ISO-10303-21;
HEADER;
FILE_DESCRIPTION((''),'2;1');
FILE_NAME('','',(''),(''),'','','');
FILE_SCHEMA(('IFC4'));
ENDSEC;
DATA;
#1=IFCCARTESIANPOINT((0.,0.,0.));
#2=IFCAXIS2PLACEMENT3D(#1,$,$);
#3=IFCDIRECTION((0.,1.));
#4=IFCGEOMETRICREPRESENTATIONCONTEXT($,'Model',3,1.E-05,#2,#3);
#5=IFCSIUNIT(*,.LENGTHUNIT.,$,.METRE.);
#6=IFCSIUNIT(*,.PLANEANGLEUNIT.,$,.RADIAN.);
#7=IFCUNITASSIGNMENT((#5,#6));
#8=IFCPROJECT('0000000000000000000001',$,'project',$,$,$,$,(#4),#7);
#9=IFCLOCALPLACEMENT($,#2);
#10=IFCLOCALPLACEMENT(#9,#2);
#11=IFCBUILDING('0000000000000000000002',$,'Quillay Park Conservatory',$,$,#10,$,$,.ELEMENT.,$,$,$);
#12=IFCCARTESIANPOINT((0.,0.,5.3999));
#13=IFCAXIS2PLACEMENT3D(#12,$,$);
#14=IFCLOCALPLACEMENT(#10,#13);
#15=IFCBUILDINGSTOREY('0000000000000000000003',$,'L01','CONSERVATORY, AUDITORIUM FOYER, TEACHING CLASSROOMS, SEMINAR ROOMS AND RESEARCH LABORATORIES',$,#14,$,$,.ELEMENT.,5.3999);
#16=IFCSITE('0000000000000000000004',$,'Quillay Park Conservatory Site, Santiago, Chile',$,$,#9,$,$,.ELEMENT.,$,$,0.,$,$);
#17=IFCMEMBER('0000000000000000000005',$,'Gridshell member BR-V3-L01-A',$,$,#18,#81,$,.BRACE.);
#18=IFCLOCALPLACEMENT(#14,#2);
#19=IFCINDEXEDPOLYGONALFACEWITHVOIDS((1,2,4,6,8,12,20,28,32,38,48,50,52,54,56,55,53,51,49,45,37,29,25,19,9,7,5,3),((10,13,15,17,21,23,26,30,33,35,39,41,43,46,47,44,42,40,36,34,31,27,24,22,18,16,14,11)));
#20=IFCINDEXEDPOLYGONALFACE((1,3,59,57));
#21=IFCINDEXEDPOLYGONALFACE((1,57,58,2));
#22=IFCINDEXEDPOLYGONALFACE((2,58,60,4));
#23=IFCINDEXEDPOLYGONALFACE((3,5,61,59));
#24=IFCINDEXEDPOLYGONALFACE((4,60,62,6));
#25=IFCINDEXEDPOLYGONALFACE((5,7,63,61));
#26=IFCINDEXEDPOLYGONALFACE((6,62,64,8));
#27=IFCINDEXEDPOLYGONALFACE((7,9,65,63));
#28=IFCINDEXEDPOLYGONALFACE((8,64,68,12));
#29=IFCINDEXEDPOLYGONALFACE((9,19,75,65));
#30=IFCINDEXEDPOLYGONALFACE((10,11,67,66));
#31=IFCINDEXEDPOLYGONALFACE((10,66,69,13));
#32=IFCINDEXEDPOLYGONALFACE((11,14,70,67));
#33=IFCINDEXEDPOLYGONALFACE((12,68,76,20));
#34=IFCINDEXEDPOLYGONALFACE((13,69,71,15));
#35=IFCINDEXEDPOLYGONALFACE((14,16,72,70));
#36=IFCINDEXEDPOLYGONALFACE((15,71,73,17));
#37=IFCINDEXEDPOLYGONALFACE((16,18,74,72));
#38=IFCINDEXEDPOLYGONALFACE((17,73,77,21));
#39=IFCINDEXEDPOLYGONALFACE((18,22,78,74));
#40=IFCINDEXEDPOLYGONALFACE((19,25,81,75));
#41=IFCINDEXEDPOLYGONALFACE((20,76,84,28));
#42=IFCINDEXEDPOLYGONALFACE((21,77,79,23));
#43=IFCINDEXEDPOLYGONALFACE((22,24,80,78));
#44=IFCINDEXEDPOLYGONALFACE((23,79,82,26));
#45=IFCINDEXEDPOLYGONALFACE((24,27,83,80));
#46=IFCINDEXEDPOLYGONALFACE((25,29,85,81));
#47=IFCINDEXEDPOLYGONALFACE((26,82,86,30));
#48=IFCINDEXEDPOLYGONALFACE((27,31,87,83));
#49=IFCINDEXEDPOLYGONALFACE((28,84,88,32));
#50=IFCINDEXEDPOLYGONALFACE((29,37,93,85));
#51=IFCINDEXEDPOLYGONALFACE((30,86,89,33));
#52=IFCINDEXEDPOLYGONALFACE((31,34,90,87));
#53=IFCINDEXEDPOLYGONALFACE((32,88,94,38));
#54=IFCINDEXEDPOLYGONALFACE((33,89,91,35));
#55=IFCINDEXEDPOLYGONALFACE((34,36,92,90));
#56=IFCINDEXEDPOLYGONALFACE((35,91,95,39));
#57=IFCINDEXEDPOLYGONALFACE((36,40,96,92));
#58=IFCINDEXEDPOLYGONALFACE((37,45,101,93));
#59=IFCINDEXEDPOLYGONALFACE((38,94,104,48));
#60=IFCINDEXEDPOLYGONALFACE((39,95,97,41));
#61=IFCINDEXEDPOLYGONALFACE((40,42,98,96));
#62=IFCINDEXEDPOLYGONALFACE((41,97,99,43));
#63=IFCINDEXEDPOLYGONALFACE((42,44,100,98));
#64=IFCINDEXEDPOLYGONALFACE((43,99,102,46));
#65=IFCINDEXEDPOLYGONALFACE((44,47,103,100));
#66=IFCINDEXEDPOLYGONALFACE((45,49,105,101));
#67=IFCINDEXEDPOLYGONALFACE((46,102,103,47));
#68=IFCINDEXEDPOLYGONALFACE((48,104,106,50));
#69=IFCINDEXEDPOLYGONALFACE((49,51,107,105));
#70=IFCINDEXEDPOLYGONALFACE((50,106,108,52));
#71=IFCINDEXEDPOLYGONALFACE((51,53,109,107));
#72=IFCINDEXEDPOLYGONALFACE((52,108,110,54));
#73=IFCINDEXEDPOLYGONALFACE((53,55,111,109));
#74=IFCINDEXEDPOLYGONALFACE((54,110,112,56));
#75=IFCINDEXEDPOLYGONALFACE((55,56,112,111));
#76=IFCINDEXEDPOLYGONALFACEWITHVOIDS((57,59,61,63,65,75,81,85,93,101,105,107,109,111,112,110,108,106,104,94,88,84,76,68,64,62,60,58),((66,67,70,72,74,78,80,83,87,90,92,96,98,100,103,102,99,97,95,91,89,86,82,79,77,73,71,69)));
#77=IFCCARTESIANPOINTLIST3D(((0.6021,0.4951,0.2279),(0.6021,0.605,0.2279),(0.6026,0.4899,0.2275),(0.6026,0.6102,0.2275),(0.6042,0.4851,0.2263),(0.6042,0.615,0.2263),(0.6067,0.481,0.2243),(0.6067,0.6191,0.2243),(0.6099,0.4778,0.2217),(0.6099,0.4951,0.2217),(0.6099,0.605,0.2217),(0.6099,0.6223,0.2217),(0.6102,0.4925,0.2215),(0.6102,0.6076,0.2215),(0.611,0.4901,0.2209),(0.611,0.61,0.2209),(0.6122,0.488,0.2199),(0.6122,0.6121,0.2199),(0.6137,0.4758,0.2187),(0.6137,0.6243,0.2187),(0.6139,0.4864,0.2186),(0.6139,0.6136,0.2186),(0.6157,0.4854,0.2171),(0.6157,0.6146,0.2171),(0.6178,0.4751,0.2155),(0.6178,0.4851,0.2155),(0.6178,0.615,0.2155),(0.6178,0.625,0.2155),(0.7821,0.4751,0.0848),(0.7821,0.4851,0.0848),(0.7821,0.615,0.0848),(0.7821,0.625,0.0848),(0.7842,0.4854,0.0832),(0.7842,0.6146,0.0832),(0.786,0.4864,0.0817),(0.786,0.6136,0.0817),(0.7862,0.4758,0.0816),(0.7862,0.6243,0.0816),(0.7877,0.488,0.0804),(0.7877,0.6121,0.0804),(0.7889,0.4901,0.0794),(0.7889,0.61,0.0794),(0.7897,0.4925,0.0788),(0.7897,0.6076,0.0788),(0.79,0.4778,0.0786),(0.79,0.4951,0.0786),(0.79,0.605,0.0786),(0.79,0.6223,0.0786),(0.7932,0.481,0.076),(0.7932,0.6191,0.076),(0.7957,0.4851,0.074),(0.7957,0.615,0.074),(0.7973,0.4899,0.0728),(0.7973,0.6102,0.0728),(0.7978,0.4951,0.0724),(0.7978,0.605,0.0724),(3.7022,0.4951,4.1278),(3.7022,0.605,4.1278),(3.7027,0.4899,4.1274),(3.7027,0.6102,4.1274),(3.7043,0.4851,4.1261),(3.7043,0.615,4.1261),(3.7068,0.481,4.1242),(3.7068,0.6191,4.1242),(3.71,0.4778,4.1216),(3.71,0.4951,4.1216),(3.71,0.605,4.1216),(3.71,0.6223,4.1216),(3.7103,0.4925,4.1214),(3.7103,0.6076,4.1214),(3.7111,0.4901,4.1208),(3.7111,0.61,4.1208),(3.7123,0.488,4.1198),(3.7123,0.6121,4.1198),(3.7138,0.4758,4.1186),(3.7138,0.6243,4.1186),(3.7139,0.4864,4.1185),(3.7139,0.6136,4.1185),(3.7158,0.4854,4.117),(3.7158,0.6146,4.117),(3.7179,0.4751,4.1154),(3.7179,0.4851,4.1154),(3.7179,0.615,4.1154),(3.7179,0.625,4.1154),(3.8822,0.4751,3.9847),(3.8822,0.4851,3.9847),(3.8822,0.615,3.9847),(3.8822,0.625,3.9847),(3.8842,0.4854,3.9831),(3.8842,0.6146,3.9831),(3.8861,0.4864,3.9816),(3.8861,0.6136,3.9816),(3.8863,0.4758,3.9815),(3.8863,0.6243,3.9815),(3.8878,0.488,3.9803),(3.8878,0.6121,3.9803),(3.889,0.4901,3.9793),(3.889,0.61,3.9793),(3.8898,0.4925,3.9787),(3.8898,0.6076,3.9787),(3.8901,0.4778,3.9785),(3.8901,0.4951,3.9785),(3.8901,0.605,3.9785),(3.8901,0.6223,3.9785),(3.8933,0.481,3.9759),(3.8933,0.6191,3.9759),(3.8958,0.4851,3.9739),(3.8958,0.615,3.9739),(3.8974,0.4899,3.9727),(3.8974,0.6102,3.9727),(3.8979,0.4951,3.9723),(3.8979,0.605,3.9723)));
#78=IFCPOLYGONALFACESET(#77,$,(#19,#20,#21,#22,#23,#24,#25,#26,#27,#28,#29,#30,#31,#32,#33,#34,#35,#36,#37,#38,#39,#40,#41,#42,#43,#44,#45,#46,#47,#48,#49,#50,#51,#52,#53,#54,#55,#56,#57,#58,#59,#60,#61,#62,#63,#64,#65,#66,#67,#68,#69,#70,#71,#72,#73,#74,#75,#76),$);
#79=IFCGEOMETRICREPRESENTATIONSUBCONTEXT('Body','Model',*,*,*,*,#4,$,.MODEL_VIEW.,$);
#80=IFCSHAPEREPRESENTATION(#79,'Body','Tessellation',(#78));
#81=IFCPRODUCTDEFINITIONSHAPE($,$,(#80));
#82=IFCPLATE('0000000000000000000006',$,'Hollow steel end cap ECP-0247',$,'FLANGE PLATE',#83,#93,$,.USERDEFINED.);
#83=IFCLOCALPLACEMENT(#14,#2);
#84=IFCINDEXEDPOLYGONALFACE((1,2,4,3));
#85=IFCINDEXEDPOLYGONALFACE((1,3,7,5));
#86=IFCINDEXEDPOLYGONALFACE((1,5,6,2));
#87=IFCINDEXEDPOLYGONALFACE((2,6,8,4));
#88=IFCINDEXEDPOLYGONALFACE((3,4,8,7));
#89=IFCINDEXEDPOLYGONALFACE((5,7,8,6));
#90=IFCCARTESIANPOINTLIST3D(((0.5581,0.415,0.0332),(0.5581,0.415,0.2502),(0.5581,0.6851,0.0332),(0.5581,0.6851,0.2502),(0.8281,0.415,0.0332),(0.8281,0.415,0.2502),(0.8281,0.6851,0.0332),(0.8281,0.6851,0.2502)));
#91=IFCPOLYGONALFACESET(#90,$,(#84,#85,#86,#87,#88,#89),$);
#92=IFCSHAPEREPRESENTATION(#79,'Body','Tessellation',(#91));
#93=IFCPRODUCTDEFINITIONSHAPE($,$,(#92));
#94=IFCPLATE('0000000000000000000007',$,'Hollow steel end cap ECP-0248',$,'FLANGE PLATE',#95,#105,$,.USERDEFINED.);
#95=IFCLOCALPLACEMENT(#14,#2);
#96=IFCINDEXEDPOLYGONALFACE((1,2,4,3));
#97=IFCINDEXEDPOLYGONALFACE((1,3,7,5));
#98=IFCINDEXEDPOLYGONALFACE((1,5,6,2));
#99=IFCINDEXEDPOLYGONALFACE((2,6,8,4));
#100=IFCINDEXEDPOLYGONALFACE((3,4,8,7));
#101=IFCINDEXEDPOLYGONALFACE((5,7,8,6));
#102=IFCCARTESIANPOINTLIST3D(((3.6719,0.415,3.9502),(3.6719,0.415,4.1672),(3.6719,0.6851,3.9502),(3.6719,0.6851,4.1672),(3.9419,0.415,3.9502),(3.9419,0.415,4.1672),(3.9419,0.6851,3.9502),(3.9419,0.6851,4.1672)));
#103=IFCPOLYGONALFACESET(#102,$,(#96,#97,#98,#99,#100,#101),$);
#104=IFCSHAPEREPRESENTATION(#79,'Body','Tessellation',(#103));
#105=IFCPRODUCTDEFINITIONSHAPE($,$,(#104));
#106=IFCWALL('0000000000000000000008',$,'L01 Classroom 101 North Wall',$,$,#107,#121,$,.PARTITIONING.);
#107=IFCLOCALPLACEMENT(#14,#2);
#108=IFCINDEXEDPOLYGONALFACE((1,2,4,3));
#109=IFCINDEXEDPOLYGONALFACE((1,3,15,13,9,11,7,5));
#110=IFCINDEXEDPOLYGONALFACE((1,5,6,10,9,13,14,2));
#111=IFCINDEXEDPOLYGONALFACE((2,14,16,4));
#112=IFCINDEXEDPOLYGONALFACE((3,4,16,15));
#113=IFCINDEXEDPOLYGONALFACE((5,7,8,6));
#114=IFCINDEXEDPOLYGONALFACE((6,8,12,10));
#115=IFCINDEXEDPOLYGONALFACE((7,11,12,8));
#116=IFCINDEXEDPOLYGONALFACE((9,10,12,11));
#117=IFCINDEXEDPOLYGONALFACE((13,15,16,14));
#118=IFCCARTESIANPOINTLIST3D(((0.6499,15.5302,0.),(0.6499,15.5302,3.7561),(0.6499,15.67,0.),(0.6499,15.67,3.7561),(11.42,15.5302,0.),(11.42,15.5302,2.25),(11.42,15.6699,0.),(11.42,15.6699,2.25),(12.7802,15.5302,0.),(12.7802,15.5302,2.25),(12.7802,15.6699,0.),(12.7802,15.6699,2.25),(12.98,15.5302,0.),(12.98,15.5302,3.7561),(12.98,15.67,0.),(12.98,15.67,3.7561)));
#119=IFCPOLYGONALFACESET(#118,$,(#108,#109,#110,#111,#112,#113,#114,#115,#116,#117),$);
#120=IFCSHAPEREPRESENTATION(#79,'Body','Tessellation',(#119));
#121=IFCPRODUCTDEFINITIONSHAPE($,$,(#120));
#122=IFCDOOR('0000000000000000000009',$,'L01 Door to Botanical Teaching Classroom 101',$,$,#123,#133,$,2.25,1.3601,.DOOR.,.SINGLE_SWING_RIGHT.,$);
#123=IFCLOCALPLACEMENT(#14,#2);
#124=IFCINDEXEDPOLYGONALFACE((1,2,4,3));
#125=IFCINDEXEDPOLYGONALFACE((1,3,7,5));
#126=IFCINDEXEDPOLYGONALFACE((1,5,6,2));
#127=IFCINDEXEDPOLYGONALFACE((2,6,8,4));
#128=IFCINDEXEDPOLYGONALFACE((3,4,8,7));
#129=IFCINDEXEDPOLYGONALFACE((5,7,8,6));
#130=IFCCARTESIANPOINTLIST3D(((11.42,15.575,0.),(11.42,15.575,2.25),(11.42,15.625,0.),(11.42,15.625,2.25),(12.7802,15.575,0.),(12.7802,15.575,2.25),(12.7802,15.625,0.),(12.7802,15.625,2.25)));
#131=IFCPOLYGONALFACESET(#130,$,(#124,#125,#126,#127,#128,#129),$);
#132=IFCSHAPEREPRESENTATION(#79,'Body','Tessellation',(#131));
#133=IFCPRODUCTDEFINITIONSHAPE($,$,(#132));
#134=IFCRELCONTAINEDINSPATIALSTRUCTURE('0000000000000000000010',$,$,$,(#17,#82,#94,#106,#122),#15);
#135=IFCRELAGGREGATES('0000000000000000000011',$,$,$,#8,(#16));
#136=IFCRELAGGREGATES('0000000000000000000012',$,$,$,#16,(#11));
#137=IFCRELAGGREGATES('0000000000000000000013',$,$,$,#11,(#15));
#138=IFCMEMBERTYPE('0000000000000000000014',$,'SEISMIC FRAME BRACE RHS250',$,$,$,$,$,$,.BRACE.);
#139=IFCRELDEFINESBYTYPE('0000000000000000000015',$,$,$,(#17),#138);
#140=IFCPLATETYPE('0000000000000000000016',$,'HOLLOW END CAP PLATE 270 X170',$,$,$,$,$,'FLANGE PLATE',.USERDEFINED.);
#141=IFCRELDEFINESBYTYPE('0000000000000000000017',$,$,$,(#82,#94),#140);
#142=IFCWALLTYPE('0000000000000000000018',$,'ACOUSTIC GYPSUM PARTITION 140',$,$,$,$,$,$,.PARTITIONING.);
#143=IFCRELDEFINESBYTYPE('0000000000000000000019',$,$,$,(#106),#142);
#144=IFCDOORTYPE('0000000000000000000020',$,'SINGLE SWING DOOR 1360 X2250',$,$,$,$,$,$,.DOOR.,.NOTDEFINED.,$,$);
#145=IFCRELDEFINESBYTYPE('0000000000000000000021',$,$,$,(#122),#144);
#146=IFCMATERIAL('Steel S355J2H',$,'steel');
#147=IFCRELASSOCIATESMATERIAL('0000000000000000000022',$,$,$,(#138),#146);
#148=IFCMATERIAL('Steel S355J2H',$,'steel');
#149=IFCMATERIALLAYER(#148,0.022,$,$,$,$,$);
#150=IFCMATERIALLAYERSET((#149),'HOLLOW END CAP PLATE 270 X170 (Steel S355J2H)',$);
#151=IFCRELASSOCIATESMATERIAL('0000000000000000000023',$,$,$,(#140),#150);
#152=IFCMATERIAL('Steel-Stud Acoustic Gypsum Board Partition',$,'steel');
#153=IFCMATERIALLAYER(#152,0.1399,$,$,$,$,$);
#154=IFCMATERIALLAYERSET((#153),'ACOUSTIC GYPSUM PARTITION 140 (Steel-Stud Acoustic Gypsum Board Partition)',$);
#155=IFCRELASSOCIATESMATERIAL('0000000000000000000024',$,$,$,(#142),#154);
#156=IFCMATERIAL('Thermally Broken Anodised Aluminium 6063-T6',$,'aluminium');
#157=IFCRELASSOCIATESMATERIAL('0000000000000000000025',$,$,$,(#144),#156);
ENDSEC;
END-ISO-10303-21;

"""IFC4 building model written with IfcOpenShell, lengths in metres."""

from ifc_helpers import new_model, si_unit, direction, frame, frame_2d, origin, origin_2d, place, context, subcontext, project, spatial, rectangle, hollow_rectangle, extrude, material, layer, layer_set, material_profile, profile_set, type_object, element, fill, save


model = new_model("IFC4")

# Units and contexts
model_context = context("Model", 3, precision=1e-05, world=origin(), true_north=direction((0.0, 1.0)))
body_context = subcontext(model_context, "Body", "Model", "MODEL_VIEW")
ifc_project = project(units=[si_unit("LENGTHUNIT", "METRE"), si_unit("PLANEANGLEUNIT", "RADIAN")], contexts=[model_context])

# Site, building, storey
site_placement = place(None, origin())
site = spatial("IfcSite", under=ifc_project, at=site_placement, Name="Quillay Park Conservatory Site, Santiago, Chile", CompositionType="ELEMENT", RefElevation=0.0)
building_placement = place(site_placement, origin())
building = spatial("IfcBuilding", under=site, at=building_placement, Name="Quillay Park Conservatory", CompositionType="ELEMENT")
storey_placement = place(building_placement, frame((0.0, 0.0, 5.3999)))
storey = spatial("IfcBuildingStorey", under=building, at=storey_placement, Name="L01", Description="CONSERVATORY, AUDITORIUM FOYER, TEACHING CLASSROOMS, SEMINAR ROOMS AND RESEARCH LABORATORIES", CompositionType="ELEMENT", Elevation=5.3999)

# Member
ifc_material_1 = material(Name="Steel S355J2H", Category="steel")
ifc_material_profile_1 = material_profile(ifc_material_1, hollow_rectangle(XDim=0.1499, YDim=0.25, WallThickness=0.01, InnerFilletRadius=0.01, OuterFilletRadius=0.02, at=origin_2d()), Name="RHS250x150x10")
ifc_profile_set_1 = profile_set([ifc_material_profile_1], Name="Steel S355J2H")
member_type = type_object("IfcMemberType", Name="SEISMIC FRAME BRACE RHS250", PredefinedType="BRACE", material=ifc_profile_set_1)
member_placement = place(storey_placement, frame((0.7, 0.55, 0.1501), z_axis=(0.622266, 0.0, 0.782806), x_axis=(0.0, 1.0, 0.0)))
element("IfcMember", 1, at=member_placement, inside=storey, type_object=member_type, Name="Gridshell member BR-V3-L01-A", PredefinedType="BRACE", context=body_context, shape_type="SweptSolid", body=[
    extrude(hollow_rectangle(XDim=0.1499, YDim=0.25, WallThickness=0.01, InnerFilletRadius=0.01, OuterFilletRadius=0.02, at=origin_2d()), origin(), (0.0, 0.0, 1.0), 4.9819),
])

# Plates
ifc_material_2 = material(Name="Steel S355J2H", Category="steel")
ifc_layer_1 = layer(ifc_material_2, 0.022)
ifc_layer_set_1 = layer_set([ifc_layer_1], Name="HOLLOW END CAP PLATE 270 X170 (Steel S355J2H)")
plate_type = type_object("IfcPlateType", Name="HOLLOW END CAP PLATE 270 X170", ElementType="FLANGE PLATE", PredefinedType="USERDEFINED", material=ifc_layer_set_1)
for number, where, z_axis, x_axis, name in (
    (2, (0.6931, 0.55, 0.0332), (0.0, 0.0, 1.0), (1.0, 0.0, 0.0), "Hollow steel end cap ECP-0247"),
    (3, (3.8069, 0.55, 3.9502), (0.0, 0.0, 1.0), (1.0, 0.0, 0.0), "Hollow steel end cap ECP-0248"),
):
    element("IfcPlate", number, at=place(storey_placement, frame(where, z_axis=z_axis, x_axis=x_axis)), inside=storey, type_object=plate_type, Name=name, ObjectType="FLANGE PLATE", PredefinedType="USERDEFINED", context=body_context, shape_type="SweptSolid", body=[
        extrude(rectangle(XDim=0.27, YDim=0.27, at=origin_2d()), origin(), (0.0, 0.0, 1.0), 0.217),
    ])

# Wall, opening, door
ifc_material_3 = material(Name="Steel-Stud Acoustic Gypsum Board Partition", Category="steel")
ifc_layer_2 = layer(ifc_material_3, 0.1399)
ifc_layer_set_2 = layer_set([ifc_layer_2], Name="ACOUSTIC GYPSUM PARTITION 140 (Steel-Stud Acoustic Gypsum Board Partition)")
wall_type_1 = type_object("IfcWallType", Name="ACOUSTIC GYPSUM PARTITION 140", PredefinedType="PARTITIONING", material=ifc_layer_set_2)
wall_1_placement = place(storey_placement, frame((0.6499, 15.6001, 0.0), z_axis=(0.0, 0.0, 1.0), x_axis=(1.0, 0.0, 0.0)))
wall_1 = element("IfcWall", 4, at=wall_1_placement, inside=storey, type_object=wall_type_1, Name="L01 Classroom 101 North Wall", PredefinedType="PARTITIONING", context=body_context, shape_type="SweptSolid", body=[
    extrude(rectangle(XDim=12.3301, YDim=0.1399, at=frame_2d((6.165, 0.0))), origin(), (0.0, 0.0, 1.0), 3.7561),
])
opening_1_placement = place(wall_1_placement, frame((10.77, 0.0, 0.0)))
opening_1 = element("IfcOpeningElement", 5, at=opening_1_placement, cuts=wall_1, PredefinedType="OPENING", context=body_context, shape_type="SweptSolid", body=[
    extrude(rectangle(XDim=1.3601, YDim=2.25, at=frame_2d((0.6802, 1.125))), frame((0.0, 0.0698, 0.0), z_axis=(0.0, -1.0, 0.0), x_axis=(1.0, 0.0, 0.0)), (0.0, 0.0, 1.0), 0.1399),
])
ifc_material_4 = material(Name="Thermally Broken Anodised Aluminium 6063-T6", Category="aluminium")
door_type = type_object("IfcDoorType", Name="SINGLE SWING DOOR 1360 X2250", OperationType="NOTDEFINED", PredefinedType="DOOR", material=ifc_material_4)
door_placement = place(opening_1_placement, origin())
door = element("IfcDoor", 6, at=door_placement, inside=storey, type_object=door_type, Name="L01 Door to Botanical Teaching Classroom 101", OperationType="SINGLE_SWING_RIGHT", OverallHeight=2.25, OverallWidth=1.3601, PredefinedType="DOOR", context=body_context, shape_type="SweptSolid", body=[
    extrude(rectangle(XDim=1.3601, YDim=2.25, at=frame_2d((0.6802, 1.125))), frame((0.0, 0.0249, 0.0), z_axis=(0.0, -1.0, 0.0), x_axis=(1.0, 0.0, 0.0)), (0.0, 0.0, 1.0), 0.05),
])
fill(opening_1, door)

save(model, "model.ifc")
